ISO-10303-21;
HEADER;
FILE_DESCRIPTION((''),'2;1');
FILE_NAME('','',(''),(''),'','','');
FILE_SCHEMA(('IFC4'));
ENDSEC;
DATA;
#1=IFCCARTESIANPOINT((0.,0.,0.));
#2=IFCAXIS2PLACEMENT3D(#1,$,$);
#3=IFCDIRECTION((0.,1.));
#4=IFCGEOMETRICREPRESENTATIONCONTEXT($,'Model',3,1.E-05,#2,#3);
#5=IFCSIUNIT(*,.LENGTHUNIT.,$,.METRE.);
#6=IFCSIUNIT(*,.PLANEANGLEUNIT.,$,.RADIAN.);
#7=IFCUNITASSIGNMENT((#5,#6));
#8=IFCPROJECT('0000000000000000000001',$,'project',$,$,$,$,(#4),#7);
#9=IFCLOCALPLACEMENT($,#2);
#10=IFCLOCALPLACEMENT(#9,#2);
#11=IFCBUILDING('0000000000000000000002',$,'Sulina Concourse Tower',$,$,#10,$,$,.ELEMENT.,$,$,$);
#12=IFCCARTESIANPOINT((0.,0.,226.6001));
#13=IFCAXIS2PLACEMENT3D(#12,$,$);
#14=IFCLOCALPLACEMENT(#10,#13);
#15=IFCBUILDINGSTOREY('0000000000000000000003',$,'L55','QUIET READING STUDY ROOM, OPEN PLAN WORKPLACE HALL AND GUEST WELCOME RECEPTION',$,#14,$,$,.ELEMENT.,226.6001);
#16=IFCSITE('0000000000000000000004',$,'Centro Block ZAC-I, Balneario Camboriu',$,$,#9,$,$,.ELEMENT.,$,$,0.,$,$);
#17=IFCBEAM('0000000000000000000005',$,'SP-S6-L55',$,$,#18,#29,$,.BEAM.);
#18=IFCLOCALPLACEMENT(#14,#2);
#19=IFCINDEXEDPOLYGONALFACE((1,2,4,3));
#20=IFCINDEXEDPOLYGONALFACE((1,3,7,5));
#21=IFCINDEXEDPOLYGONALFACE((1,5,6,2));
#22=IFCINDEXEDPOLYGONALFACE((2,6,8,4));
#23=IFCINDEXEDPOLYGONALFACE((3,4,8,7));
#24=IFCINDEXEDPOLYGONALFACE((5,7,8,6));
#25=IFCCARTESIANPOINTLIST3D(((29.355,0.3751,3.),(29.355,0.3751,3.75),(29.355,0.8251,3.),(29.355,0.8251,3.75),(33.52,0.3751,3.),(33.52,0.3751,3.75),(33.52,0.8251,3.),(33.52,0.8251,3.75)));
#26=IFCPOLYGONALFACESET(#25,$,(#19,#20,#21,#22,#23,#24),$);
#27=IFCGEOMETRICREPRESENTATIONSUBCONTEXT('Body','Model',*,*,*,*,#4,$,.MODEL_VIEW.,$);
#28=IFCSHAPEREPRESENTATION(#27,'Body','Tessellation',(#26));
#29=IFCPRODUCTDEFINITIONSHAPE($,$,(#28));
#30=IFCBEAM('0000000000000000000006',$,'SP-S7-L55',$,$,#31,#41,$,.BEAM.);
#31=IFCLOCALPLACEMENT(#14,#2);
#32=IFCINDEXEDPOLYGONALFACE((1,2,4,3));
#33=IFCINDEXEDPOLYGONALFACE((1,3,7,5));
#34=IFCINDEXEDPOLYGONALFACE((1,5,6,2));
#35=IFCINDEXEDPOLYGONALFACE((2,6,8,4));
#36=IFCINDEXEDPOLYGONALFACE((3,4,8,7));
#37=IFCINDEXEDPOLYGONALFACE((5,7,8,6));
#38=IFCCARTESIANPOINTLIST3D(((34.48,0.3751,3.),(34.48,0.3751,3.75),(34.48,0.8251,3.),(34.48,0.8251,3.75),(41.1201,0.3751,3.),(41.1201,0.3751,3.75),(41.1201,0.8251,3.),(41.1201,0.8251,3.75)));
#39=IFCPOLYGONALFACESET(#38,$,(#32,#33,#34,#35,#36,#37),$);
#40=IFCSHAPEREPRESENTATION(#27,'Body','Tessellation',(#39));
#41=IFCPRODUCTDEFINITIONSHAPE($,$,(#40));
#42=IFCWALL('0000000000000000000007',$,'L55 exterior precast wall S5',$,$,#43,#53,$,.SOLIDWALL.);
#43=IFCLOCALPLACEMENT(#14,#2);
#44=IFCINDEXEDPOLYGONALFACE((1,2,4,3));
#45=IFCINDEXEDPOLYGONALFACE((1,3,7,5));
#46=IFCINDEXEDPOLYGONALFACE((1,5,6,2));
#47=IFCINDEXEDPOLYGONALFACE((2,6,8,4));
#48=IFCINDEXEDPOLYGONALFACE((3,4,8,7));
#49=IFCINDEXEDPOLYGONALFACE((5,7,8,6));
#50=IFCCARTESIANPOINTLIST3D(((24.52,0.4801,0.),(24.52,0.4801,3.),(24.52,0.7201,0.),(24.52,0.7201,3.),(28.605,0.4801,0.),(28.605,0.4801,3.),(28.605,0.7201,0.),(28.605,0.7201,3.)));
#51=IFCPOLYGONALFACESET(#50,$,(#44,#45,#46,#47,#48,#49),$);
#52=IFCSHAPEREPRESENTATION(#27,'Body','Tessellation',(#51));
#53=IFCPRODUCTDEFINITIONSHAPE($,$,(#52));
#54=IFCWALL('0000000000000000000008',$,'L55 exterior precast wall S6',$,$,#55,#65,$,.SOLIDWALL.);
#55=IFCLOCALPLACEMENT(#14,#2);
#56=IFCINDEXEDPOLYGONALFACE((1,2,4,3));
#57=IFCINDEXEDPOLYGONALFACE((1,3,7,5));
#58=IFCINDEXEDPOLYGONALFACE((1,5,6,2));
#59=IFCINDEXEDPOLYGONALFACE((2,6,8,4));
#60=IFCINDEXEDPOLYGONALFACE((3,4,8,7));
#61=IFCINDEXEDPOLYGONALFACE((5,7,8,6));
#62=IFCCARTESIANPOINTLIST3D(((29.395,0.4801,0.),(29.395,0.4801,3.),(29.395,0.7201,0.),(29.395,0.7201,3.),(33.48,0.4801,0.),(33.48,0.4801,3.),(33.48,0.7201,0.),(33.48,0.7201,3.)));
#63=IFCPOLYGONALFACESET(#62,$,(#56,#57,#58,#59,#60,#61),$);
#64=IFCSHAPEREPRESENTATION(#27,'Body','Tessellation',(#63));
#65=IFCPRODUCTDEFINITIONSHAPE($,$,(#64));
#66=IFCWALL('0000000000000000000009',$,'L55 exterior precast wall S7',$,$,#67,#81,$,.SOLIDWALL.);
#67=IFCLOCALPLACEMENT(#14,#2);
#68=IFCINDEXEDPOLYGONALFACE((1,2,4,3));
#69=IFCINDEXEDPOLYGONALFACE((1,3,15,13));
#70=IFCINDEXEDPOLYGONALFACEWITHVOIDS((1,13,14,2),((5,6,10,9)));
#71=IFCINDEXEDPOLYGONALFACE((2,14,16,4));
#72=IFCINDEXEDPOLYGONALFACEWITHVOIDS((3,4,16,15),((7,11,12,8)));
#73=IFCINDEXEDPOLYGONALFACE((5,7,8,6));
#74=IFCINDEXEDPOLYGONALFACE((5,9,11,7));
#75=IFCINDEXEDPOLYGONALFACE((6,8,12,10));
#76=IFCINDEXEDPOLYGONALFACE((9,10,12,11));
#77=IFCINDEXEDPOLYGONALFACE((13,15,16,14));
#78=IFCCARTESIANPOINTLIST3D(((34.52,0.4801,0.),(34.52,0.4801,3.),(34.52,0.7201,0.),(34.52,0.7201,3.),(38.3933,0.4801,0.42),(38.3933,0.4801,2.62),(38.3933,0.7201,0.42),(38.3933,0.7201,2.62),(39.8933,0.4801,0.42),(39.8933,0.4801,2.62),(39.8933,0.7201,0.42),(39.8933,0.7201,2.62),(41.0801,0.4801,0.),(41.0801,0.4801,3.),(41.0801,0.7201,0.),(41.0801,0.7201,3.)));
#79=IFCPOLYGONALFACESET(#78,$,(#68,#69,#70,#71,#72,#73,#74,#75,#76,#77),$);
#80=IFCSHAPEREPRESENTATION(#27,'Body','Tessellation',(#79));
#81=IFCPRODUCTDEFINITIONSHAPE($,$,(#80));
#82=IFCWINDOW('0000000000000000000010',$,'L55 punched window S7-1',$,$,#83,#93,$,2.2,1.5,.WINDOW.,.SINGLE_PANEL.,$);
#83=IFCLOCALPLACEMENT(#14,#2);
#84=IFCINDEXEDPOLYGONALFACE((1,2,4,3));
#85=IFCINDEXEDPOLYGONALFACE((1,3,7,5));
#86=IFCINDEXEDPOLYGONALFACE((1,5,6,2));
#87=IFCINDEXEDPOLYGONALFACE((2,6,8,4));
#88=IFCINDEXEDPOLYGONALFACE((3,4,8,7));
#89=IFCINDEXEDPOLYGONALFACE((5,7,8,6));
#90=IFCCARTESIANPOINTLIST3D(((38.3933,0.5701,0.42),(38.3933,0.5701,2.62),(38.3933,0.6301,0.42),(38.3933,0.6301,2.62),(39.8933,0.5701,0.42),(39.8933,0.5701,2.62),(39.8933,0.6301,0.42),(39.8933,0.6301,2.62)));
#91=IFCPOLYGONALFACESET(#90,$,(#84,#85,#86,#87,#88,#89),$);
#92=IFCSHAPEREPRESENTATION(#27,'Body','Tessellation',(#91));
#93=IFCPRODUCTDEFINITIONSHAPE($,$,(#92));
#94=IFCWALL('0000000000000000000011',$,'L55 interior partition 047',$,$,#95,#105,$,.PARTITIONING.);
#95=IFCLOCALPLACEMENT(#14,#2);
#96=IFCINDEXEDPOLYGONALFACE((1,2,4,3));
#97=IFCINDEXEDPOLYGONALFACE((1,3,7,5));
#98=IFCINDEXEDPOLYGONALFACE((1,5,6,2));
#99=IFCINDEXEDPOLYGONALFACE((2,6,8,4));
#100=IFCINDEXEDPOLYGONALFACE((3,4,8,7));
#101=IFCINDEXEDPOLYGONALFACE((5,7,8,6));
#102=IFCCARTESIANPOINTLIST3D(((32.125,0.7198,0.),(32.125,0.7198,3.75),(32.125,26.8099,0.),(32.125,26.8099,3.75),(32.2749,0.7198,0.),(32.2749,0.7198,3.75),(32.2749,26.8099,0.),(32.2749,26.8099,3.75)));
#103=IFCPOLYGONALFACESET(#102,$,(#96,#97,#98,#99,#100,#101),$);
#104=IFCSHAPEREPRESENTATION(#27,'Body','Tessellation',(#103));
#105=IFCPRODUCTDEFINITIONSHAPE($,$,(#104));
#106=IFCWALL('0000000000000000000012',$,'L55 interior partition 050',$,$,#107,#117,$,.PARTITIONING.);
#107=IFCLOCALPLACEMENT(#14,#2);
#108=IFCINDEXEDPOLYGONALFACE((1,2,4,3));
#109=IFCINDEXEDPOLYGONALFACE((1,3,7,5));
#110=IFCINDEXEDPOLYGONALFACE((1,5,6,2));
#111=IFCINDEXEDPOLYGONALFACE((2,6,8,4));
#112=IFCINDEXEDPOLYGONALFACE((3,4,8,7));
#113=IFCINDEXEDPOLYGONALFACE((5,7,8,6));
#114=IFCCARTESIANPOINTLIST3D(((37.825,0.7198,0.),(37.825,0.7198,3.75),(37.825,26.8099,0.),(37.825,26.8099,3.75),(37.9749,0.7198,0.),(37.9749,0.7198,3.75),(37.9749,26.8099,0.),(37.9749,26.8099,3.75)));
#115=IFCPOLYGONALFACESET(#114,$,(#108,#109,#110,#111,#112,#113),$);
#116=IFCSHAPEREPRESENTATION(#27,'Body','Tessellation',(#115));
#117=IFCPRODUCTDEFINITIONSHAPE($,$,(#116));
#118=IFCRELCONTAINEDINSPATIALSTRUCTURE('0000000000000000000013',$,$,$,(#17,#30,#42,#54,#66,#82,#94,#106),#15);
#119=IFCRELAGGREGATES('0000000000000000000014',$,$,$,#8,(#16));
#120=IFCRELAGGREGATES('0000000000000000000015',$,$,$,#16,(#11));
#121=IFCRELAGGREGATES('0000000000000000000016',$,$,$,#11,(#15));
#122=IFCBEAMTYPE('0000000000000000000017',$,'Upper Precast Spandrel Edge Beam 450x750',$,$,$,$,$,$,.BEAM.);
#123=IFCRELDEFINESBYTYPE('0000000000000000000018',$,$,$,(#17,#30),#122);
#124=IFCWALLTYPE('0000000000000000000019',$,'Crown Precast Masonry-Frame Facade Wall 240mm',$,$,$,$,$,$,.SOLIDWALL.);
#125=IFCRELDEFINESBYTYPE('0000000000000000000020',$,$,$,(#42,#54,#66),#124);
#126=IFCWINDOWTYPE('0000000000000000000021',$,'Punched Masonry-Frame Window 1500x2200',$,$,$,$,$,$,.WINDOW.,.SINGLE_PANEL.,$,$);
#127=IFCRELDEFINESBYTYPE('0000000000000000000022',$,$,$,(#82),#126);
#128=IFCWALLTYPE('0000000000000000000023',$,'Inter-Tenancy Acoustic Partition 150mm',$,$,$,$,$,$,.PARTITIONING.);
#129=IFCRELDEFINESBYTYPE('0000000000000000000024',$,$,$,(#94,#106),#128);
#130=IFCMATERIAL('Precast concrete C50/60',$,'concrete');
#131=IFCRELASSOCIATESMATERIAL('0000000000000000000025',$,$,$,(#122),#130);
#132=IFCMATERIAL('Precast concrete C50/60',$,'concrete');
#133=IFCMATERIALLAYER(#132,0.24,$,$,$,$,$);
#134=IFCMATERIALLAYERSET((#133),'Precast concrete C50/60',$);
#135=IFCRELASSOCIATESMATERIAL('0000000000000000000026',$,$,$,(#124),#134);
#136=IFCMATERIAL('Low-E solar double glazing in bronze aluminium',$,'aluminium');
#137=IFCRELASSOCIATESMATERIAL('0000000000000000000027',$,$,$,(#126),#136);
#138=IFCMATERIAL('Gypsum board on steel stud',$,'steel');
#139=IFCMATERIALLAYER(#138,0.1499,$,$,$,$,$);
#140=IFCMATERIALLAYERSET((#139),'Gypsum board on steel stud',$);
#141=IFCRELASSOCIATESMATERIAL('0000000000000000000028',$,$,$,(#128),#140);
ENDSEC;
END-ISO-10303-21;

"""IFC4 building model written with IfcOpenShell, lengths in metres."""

from ifc_helpers import new_model, si_unit, direction, frame, frame_2d, origin, origin_2d, place, context, subcontext, project, spatial, rectangle, extrude, material, layer, layer_set, material_profile, profile_set, type_object, element, fill, save


model = new_model("IFC4")

# Units and contexts
model_context = context("Model", 3, precision=1e-05, world=origin(), true_north=direction((0.0, 1.0)))
body_context = subcontext(model_context, "Body", "Model", "MODEL_VIEW")
ifc_project = project(units=[si_unit("LENGTHUNIT", "METRE"), si_unit("PLANEANGLEUNIT", "RADIAN")], contexts=[model_context])

# Site, building, storey
site_placement = place(None, origin())
site = spatial("IfcSite", under=ifc_project, at=site_placement, Name="Centro Block ZAC-I, Balneario Camboriu", CompositionType="ELEMENT", RefElevation=0.0)
building_placement = place(site_placement, origin())
building = spatial("IfcBuilding", under=site, at=building_placement, Name="Sulina Concourse Tower", CompositionType="ELEMENT")
storey_placement = place(building_placement, frame((0.0, 0.0, 226.6001)))
storey = spatial("IfcBuildingStorey", under=building, at=storey_placement, Name="L55", Description="QUIET READING STUDY ROOM, OPEN PLAN WORKPLACE HALL AND GUEST WELCOME RECEPTION", CompositionType="ELEMENT", Elevation=226.6001)

# Beams
ifc_material_1 = material(Name="Precast concrete C50/60", Category="concrete")
ifc_material_profile_1 = material_profile(ifc_material_1, rectangle(XDim=0.45, YDim=0.75, at=origin_2d()), Name="RC 450x750")
ifc_profile_set_1 = profile_set([ifc_material_profile_1], Name="Precast concrete C50/60")
beam_type_1 = type_object("IfcBeamType", Name="Upper Precast Spandrel Edge Beam 450x750", PredefinedType="BEAM", material=ifc_profile_set_1)
for number, where, z_axis, x_axis, name in (
    (1, (29.355, 0.6001, 3.375), (1.0, 0.0, 0.0), (0.0, 1.0, 0.0), "SP-S6-L55"),
):
    element("IfcBeam", number, at=place(storey_placement, frame(where, z_axis=z_axis, x_axis=x_axis)), inside=storey, type_object=beam_type_1, Name=name, PredefinedType="BEAM", context=body_context, shape_type="SweptSolid", body=[
        extrude(rectangle(XDim=0.45, YDim=0.75, at=origin_2d()), origin(), (0.0, 0.0, 1.0), 4.165),
    ])
beam_1_placement = place(storey_placement, frame((34.48, 0.6001, 3.375), z_axis=(1.0, 0.0, 0.0), x_axis=(0.0, 1.0, 0.0)))
element("IfcBeam", 2, at=beam_1_placement, inside=storey, type_object=beam_type_1, Name="SP-S7-L55", PredefinedType="BEAM", context=body_context, shape_type="SweptSolid", body=[
    extrude(rectangle(XDim=0.45, YDim=0.75, at=origin_2d()), origin(), (0.0, 0.0, 1.0), 6.6401),
])

# Walls
ifc_material_2 = material(Name="Precast concrete C50/60", Category="concrete")
ifc_layer_1 = layer(ifc_material_2, 0.24)
ifc_layer_set_1 = layer_set([ifc_layer_1], Name="Precast concrete C50/60")
wall_type_1 = type_object("IfcWallType", Name="Crown Precast Masonry-Frame Facade Wall 240mm", PredefinedType="SOLIDWALL", material=ifc_layer_set_1)
for number, where, z_axis, x_axis, name in (
    (3, (28.605, 0.6001, 0.0), (0.0, 0.0, 1.0), (-1.0, 0.0, 0.0), "L55 exterior precast wall S5"),
    (4, (33.48, 0.6001, 0.0), (0.0, 0.0, 1.0), (-1.0, 0.0, 0.0), "L55 exterior precast wall S6"),
):
    element("IfcWall", number, at=place(storey_placement, frame(where, z_axis=z_axis, x_axis=x_axis)), inside=storey, type_object=wall_type_1, Name=name, PredefinedType="SOLIDWALL", context=body_context, shape_type="SweptSolid", body=[
        extrude(rectangle(XDim=4.085, YDim=0.24, at=frame_2d((2.0425, 0.0))), origin(), (0.0, 0.0, 1.0), 3.0),
    ])

# Wall, opening, window
wall_placement = place(storey_placement, frame((41.0801, 0.6001, 0.0), z_axis=(0.0, 0.0, 1.0), x_axis=(-1.0, 0.0, 0.0)))
wall = element("IfcWall", 5, at=wall_placement, inside=storey, type_object=wall_type_1, Name="L55 exterior precast wall S7", PredefinedType="SOLIDWALL", context=body_context, shape_type="SweptSolid", body=[
    extrude(rectangle(XDim=6.5601, YDim=0.24, at=frame_2d((3.28, 0.0))), origin(), (0.0, 0.0, 1.0), 3.0),
])
opening_placement = place(wall_placement, frame((1.1868, 0.0, 0.4199)))
opening = element("IfcOpeningElement", 6, at=opening_placement, cuts=wall, PredefinedType="OPENING", context=body_context, shape_type="SweptSolid", body=[
    extrude(rectangle(XDim=1.5, YDim=2.2, at=frame_2d((0.75, 1.1001))), frame((0.0, 0.1299, 0.0), z_axis=(0.0, -1.0, 0.0), x_axis=(1.0, 0.0, 0.0)), (0.0, 0.0, 1.0), 0.26),
])
ifc_material_3 = material(Name="Low-E solar double glazing in bronze aluminium", Category="aluminium")
window_type = type_object("IfcWindowType", Name="Punched Masonry-Frame Window 1500x2200", PartitioningType="SINGLE_PANEL", PredefinedType="WINDOW", material=ifc_material_3)
window_placement = place(opening_placement, origin())
window = element("IfcWindow", 7, at=window_placement, inside=storey, type_object=window_type, Name="L55 punched window S7-1", OverallHeight=2.2, OverallWidth=1.5, PartitioningType="SINGLE_PANEL", PredefinedType="WINDOW", context=body_context, shape_type="SweptSolid", body=[
    extrude(rectangle(XDim=1.5, YDim=2.2, at=frame_2d((0.75, 1.1001))), frame((0.0, 0.03, 0.0), z_axis=(0.0, -1.0, 0.0), x_axis=(1.0, 0.0, 0.0)), (0.0, 0.0, 1.0), 0.0601),
])
fill(opening, window)

# Walls
ifc_material_4 = material(Name="Gypsum board on steel stud", Category="steel")
ifc_layer_2 = layer(ifc_material_4, 0.1499)
ifc_layer_set_2 = layer_set([ifc_layer_2], Name="Gypsum board on steel stud")
wall_type_2 = type_object("IfcWallType", Name="Inter-Tenancy Acoustic Partition 150mm", PredefinedType="PARTITIONING", material=ifc_layer_set_2)
for number, where, z_axis, x_axis, name in (
    (8, (32.2, 0.72, 0.0), (0.0, 0.0, 1.0), (0.0, 1.0, 0.0), "L55 interior partition 047"),
    (9, (37.8999, 0.72, 0.0), (0.0, 0.0, 1.0), (0.0, 1.0, 0.0), "L55 interior partition 050"),
):
    element("IfcWall", number, at=place(storey_placement, frame(where, z_axis=z_axis, x_axis=x_axis)), inside=storey, type_object=wall_type_2, Name=name, PredefinedType="PARTITIONING", context=body_context, shape_type="SweptSolid", body=[
        extrude(rectangle(XDim=26.0901, YDim=0.1499, at=frame_2d((13.0449, 0.0))), origin(), (0.0, 0.0, 1.0), 3.75),
    ])

save(model, "model.ifc")
